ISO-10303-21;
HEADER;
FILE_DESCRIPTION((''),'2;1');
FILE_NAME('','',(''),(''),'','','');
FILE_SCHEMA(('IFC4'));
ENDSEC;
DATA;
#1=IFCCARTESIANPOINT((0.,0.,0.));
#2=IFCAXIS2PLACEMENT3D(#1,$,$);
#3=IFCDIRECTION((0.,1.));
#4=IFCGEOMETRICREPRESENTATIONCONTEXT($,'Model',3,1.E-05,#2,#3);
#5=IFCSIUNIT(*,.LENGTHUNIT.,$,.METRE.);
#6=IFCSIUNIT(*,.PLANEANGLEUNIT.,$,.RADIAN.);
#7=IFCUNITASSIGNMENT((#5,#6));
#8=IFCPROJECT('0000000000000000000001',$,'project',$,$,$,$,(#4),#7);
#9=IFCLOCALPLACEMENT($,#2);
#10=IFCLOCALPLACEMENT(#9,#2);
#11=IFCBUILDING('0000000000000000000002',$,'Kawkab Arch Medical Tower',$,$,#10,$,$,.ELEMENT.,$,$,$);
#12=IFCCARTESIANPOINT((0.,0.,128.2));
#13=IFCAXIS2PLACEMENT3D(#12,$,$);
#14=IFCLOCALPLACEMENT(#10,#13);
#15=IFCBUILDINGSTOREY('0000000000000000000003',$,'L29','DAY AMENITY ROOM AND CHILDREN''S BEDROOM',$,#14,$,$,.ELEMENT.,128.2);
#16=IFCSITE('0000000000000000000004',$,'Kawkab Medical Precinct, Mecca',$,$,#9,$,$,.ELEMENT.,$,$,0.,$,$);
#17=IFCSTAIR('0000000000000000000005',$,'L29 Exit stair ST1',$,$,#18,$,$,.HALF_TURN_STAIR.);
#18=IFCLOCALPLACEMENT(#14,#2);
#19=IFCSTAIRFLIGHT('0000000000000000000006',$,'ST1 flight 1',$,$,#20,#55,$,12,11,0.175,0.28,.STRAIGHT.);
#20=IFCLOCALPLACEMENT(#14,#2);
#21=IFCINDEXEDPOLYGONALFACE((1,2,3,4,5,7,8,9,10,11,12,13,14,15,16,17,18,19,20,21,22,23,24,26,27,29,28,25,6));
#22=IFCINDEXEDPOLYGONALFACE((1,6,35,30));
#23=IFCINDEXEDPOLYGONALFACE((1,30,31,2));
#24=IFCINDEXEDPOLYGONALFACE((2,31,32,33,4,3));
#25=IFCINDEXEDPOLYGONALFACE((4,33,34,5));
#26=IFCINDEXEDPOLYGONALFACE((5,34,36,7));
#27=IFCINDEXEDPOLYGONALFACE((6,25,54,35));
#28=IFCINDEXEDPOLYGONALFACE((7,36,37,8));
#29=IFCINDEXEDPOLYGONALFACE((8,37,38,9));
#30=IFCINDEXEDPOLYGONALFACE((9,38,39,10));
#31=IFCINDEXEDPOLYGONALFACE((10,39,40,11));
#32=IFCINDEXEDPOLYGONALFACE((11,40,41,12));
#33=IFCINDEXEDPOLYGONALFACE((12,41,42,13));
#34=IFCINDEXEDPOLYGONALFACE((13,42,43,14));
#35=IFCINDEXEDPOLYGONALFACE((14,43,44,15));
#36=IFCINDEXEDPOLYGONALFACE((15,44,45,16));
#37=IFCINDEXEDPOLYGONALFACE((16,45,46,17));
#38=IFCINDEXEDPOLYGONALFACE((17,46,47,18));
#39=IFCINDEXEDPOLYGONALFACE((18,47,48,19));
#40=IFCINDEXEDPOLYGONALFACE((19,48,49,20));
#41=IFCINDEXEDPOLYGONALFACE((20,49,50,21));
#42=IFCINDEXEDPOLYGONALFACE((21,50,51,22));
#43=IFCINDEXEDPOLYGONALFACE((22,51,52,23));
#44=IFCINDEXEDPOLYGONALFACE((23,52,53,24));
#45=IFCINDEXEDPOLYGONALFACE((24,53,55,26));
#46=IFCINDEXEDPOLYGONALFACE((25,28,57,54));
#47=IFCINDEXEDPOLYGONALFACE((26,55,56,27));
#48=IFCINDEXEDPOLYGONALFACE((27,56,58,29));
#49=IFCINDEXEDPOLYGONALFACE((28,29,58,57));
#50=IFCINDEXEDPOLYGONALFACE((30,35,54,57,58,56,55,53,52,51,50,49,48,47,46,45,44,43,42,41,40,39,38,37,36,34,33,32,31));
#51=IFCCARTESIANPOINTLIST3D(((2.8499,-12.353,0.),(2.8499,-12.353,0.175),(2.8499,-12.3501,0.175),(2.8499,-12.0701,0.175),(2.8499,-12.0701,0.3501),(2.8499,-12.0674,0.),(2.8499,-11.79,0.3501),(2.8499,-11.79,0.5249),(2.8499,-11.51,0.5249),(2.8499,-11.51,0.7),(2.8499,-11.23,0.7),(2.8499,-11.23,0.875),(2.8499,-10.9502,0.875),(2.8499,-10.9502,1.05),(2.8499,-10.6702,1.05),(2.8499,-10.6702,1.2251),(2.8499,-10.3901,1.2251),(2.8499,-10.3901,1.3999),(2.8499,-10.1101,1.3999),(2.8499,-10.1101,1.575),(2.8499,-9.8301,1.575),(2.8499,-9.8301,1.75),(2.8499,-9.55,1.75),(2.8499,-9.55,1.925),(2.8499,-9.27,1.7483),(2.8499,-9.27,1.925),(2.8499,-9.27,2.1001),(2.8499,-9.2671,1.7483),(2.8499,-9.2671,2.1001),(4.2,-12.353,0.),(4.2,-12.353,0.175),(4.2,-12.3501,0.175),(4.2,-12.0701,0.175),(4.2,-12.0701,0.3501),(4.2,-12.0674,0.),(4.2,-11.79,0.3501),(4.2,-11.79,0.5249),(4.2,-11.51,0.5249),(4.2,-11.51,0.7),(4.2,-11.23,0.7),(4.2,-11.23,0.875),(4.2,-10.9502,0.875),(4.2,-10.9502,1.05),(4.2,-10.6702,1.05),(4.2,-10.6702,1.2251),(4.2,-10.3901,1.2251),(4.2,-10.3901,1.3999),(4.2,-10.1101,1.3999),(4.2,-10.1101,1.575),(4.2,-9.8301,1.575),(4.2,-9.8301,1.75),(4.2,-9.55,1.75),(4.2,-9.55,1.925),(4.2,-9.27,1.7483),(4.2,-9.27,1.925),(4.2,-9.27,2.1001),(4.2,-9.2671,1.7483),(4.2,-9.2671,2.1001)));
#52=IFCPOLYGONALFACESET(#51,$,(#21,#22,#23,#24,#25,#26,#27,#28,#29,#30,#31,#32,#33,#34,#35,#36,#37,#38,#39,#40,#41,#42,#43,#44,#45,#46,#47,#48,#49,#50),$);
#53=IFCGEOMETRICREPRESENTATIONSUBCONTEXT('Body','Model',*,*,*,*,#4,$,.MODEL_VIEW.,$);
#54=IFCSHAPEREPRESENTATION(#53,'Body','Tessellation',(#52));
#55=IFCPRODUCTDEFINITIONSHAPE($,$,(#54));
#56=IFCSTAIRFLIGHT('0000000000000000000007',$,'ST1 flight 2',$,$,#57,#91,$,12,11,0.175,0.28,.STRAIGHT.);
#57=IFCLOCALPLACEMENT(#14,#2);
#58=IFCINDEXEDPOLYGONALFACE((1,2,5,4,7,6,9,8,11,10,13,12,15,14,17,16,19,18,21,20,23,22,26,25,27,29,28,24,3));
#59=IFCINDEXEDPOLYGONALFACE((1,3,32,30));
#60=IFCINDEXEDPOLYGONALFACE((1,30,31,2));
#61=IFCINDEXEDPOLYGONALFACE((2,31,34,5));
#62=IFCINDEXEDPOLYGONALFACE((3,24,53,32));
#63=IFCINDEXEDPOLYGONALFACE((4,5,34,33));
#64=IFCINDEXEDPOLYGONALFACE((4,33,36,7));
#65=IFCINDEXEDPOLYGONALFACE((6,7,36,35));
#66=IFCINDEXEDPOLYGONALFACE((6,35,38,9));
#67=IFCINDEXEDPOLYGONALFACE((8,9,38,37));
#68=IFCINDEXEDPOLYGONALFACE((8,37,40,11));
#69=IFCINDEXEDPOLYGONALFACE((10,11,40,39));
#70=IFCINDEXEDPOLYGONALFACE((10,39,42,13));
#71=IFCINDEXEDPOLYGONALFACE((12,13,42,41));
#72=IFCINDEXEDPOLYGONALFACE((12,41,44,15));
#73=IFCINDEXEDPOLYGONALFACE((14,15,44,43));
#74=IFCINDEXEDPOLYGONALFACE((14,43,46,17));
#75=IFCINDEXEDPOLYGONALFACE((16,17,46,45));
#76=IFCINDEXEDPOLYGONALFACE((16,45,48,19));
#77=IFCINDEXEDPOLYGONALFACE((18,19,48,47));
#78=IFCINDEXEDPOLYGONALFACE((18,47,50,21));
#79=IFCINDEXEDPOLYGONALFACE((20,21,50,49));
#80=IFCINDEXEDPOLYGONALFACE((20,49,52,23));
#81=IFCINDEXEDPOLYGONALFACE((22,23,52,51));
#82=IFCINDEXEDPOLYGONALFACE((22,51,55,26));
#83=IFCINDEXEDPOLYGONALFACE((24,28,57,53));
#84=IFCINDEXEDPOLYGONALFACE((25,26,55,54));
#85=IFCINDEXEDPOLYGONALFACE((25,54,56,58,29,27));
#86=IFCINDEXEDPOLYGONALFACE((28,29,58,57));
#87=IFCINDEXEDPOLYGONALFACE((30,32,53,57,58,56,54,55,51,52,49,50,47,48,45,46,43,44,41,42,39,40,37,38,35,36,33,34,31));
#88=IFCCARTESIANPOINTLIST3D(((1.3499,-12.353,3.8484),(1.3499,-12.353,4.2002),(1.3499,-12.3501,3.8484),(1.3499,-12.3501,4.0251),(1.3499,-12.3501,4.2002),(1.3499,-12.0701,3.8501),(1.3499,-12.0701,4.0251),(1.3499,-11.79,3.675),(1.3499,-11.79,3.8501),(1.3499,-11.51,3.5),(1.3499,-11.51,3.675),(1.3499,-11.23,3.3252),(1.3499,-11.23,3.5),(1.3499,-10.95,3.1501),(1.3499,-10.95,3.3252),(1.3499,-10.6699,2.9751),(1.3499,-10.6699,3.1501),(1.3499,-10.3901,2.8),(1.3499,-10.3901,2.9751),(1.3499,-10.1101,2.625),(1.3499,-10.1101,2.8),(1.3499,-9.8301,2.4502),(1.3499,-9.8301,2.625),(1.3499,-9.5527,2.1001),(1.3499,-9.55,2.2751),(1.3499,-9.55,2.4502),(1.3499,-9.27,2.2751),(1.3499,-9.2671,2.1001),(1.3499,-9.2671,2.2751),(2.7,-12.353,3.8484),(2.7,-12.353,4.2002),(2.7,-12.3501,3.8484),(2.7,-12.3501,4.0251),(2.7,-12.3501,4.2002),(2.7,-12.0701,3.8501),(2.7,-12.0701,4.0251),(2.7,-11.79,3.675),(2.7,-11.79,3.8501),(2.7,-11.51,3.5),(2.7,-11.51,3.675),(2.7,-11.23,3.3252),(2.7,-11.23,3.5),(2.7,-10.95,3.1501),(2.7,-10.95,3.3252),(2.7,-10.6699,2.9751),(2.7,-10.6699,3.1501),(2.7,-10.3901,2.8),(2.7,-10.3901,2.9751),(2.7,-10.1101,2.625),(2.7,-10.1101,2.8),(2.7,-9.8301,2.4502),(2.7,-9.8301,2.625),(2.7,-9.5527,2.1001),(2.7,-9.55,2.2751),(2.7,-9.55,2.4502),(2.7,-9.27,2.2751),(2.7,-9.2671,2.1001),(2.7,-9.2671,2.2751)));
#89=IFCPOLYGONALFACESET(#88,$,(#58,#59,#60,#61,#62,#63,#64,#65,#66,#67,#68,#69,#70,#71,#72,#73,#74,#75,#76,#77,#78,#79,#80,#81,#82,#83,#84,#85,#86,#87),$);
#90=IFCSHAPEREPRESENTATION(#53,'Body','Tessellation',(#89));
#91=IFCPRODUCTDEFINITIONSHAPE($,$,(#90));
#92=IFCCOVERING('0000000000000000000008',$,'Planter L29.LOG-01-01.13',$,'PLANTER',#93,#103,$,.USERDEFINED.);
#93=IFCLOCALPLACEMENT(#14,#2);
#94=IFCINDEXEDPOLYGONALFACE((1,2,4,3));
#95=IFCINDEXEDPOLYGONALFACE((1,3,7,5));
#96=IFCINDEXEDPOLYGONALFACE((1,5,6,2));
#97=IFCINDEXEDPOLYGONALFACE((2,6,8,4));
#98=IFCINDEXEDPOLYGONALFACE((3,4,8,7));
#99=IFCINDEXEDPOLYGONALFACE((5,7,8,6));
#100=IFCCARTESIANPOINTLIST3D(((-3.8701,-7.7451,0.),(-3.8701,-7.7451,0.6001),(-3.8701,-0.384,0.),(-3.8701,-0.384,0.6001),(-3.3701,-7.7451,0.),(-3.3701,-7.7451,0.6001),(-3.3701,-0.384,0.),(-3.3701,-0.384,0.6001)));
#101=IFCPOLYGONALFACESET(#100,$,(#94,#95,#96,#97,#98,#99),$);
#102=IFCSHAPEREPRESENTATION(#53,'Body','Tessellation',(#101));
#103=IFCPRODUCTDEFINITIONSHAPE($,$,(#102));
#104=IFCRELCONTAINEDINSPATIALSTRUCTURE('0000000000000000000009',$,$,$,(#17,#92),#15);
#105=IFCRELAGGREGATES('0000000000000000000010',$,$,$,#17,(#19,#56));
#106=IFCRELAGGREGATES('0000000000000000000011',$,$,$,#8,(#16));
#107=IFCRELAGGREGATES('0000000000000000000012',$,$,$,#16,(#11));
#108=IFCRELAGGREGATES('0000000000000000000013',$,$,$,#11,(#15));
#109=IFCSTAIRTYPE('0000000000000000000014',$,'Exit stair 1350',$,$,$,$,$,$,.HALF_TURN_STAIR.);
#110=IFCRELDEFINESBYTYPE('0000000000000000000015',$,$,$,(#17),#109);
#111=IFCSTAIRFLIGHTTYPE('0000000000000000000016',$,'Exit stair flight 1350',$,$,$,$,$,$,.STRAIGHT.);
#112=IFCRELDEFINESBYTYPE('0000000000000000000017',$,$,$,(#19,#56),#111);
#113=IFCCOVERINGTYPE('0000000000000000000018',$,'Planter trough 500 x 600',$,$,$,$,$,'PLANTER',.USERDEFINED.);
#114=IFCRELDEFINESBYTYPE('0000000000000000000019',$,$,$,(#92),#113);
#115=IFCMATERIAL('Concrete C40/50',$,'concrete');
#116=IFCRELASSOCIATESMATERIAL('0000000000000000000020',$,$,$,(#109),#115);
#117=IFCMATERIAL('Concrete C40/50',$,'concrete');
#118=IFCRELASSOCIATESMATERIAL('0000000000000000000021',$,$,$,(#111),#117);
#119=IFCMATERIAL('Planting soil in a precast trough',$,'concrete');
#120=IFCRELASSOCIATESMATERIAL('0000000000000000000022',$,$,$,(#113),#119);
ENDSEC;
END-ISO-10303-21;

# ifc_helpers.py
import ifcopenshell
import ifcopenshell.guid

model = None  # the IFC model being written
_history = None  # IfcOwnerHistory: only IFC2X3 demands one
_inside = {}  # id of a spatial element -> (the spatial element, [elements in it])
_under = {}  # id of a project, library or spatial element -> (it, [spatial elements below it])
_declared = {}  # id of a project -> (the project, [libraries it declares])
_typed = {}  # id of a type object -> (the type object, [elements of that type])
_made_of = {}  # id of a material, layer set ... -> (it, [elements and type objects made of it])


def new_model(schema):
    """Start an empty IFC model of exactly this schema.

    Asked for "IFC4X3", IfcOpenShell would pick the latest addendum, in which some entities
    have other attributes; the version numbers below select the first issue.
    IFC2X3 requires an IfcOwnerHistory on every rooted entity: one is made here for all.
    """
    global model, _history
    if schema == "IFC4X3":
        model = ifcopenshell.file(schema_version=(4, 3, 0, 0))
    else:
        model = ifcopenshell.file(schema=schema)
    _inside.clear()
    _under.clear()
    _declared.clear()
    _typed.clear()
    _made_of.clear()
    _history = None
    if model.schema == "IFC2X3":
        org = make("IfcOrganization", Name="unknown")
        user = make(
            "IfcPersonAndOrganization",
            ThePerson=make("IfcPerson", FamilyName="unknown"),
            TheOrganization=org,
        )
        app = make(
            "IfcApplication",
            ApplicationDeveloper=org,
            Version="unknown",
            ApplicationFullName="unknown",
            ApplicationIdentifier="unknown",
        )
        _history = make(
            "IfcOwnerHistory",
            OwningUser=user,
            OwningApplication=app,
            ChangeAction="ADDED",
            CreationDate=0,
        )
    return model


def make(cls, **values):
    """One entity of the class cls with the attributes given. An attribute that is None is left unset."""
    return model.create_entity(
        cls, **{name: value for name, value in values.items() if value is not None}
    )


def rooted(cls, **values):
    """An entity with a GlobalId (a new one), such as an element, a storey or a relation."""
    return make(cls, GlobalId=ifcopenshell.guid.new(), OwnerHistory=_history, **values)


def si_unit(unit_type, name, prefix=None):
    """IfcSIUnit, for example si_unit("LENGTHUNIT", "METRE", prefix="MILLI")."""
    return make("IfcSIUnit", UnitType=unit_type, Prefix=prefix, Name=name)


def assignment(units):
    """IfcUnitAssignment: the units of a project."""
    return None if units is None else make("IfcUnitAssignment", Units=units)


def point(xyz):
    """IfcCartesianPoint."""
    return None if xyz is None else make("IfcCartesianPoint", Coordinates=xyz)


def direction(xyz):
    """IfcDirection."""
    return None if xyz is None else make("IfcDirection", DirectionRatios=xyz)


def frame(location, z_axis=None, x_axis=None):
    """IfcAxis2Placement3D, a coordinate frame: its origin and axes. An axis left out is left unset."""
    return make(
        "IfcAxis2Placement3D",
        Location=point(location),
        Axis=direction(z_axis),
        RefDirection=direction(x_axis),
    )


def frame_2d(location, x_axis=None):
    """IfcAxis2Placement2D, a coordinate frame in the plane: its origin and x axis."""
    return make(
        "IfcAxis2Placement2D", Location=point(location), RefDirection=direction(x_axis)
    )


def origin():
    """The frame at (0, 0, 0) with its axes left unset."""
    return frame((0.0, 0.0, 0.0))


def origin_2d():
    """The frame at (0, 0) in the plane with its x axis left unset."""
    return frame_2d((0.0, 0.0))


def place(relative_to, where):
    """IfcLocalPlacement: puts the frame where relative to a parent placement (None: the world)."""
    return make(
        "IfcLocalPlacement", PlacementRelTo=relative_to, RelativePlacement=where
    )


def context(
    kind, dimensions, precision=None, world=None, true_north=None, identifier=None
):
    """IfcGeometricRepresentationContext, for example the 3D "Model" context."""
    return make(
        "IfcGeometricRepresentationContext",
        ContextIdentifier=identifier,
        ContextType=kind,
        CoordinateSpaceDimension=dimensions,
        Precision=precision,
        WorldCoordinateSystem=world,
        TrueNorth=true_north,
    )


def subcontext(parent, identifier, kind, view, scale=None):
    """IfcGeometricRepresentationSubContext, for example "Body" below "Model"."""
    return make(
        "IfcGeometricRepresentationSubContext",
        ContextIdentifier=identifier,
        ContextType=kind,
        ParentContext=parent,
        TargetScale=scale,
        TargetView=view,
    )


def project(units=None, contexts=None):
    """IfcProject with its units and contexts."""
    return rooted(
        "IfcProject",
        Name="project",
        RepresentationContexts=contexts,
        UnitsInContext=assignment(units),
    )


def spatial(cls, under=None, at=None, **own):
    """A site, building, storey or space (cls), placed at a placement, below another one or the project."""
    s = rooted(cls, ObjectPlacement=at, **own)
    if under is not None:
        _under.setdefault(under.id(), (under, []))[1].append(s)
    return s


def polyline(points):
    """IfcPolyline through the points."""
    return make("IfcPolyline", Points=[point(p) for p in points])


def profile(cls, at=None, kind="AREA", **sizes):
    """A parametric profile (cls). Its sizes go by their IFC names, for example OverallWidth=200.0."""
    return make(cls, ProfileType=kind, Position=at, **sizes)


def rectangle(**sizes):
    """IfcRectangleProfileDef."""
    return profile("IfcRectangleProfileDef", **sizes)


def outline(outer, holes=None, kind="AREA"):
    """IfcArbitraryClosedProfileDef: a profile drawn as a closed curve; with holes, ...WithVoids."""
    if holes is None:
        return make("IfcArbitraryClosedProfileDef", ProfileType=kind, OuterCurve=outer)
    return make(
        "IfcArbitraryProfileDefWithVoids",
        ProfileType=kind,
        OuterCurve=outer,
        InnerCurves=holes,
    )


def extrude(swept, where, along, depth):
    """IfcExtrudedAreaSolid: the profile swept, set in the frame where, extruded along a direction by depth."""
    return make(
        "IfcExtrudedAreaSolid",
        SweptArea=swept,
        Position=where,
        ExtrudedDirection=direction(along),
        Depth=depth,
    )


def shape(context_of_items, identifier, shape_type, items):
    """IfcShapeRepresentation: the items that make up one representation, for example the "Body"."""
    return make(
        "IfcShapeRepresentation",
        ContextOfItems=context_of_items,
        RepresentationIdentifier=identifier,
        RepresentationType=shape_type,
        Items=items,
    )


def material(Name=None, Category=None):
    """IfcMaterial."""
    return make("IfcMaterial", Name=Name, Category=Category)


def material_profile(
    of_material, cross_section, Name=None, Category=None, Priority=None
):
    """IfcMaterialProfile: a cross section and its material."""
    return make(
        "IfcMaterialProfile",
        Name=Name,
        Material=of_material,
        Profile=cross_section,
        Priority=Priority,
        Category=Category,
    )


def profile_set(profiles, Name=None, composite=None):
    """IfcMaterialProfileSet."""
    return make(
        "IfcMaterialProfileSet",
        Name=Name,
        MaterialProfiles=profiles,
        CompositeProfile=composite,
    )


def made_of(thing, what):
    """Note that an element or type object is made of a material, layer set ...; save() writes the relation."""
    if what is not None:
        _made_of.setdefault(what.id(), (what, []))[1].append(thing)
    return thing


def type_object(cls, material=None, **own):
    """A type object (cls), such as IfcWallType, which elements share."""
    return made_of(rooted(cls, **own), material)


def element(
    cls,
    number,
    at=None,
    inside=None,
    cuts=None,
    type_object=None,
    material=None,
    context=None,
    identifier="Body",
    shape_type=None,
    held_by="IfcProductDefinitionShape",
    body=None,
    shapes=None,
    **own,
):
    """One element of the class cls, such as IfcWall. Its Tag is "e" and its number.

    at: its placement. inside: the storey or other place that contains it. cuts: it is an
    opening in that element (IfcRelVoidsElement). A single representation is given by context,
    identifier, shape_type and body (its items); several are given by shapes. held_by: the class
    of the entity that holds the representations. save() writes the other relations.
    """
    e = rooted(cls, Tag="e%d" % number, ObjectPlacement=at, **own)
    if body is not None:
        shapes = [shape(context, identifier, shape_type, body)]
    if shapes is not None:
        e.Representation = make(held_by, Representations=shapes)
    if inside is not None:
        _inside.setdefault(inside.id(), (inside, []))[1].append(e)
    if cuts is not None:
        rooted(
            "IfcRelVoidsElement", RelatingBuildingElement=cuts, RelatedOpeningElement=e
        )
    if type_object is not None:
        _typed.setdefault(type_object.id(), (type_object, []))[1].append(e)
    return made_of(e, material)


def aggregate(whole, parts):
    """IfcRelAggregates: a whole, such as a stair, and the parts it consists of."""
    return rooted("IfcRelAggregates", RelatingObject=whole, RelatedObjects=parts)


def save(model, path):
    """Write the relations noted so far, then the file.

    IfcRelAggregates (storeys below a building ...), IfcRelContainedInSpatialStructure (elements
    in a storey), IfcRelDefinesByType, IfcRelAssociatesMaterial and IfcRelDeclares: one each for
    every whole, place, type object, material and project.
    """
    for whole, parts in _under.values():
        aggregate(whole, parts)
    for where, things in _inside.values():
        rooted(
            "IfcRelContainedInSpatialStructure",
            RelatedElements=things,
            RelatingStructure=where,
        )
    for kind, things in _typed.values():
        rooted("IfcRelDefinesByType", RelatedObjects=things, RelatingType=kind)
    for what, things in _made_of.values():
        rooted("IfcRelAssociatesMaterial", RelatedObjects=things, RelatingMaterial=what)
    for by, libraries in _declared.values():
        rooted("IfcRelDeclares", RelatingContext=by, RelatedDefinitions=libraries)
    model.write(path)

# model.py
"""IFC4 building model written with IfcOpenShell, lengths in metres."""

from ifc_helpers import new_model, si_unit, direction, frame, origin, origin_2d, place, context, subcontext, project, spatial, polyline, rectangle, outline, extrude, material, material_profile, profile_set, type_object, element, aggregate, save


model = new_model("IFC4")

# Units and contexts
model_context = context("Model", 3, precision=1e-05, world=origin(), true_north=direction((0.0, 1.0)))
body_context = subcontext(model_context, "Body", "Model", "MODEL_VIEW")
ifc_project = project(units=[si_unit("LENGTHUNIT", "METRE"), si_unit("PLANEANGLEUNIT", "RADIAN")], contexts=[model_context])

# Site, building, storey
site_placement = place(None, origin())
site = spatial("IfcSite", under=ifc_project, at=site_placement, Name="Kawkab Medical Precinct, Mecca", CompositionType="ELEMENT", RefElevation=0.0)
building_placement = place(site_placement, origin())
building = spatial("IfcBuilding", under=site, at=building_placement, Name="Kawkab Arch Medical Tower", CompositionType="ELEMENT")
storey_placement = place(building_placement, frame((0.0, 0.0, 128.2)))
storey = spatial("IfcBuildingStorey", under=building, at=storey_placement, Name="L29", Description="DAY AMENITY ROOM AND CHILDREN'S BEDROOM", CompositionType="ELEMENT", Elevation=128.2)

# Shared definitions
placement = place(storey_placement, origin())

# Stair, stair flights
ifc_material_1 = material(Name="Concrete C40/50", Category="concrete")
stair_type = type_object("IfcStairType", Name="Exit stair 1350", PredefinedType="HALF_TURN_STAIR", material=ifc_material_1)
stair = element("IfcStair", 1, at=placement, inside=storey, type_object=stair_type, Name="L29 Exit stair ST1", PredefinedType="HALF_TURN_STAIR")
ifc_material_2 = material(Name="Concrete C40/50", Category="concrete")
stair_flight_type = type_object("IfcStairFlightType", Name="Exit stair flight 1350", PredefinedType="STRAIGHT", material=ifc_material_2)
stair_flight_1_placement = place(storey_placement, frame((3.5249, -12.3501, 0.0), z_axis=(0.0, 0.0, 1.0), x_axis=(0.0, 1.0, 0.0)))
stair_flight_1 = element("IfcStairFlight", 2, at=stair_flight_1_placement, type_object=stair_flight_type, Name="ST1 flight 1", NumberOfRisers=12, NumberOfTreads=11, PredefinedType="STRAIGHT", RiserHeight=0.175, TreadLength=0.28, context=body_context, shape_type="SweptSolid", body=[
    extrude(outline(polyline([(-0.0029, 0.0), (-0.0029, 0.175), (0.0, 0.175), (0.28, 0.175), (0.28, 0.3501), (0.5601, 0.3501), (0.5601, 0.5249), (0.8401, 0.5249), (0.8401, 0.7), (1.1201, 0.7), (1.1201, 0.875), (1.3999, 0.875), (1.3999, 1.05), (1.6799, 1.05), (1.6799, 1.2251), (1.96, 1.2251), (1.96, 1.3999), (2.24, 1.3999), (2.24, 1.575), (2.52, 1.575), (2.52, 1.75), (2.8, 1.75), (2.8, 1.925), (3.0801, 1.925), (3.0801, 2.1001), (3.083, 2.1001), (3.083, 1.7483), (3.0801, 1.7483), (0.2827, 0.0), (-0.0029, 0.0)])), frame((0.0, 0.675, 0.0), z_axis=(0.0, -1.0, 0.0), x_axis=(1.0, 0.0, 0.0)), (0.0, 0.0, 1.0), 1.3501),
])
stair_flight_2_placement = place(storey_placement, frame((2.0249, -9.27, 2.1001), z_axis=(0.0, 0.0, 1.0), x_axis=(0.0, -1.0, 0.0)))
stair_flight_2 = element("IfcStairFlight", 3, at=stair_flight_2_placement, type_object=stair_flight_type, Name="ST1 flight 2", NumberOfRisers=12, NumberOfTreads=11, PredefinedType="STRAIGHT", RiserHeight=0.175, TreadLength=0.28, context=body_context, shape_type="SweptSolid", body=[
    extrude(outline(polyline([(-0.0029, 0.0), (-0.0029, 0.175), (0.0, 0.175), (0.28, 0.175), (0.28, 0.3501), (0.5601, 0.3501), (0.5601, 0.5249), (0.8401, 0.5249), (0.8401, 0.7), (1.1201, 0.7), (1.1201, 0.875), (1.3999, 0.875), (1.3999, 1.05), (1.6799, 1.05), (1.6799, 1.2251), (1.96, 1.2251), (1.96, 1.3999), (2.24, 1.3999), (2.24, 1.575), (2.52, 1.575), (2.52, 1.75), (2.8, 1.75), (2.8, 1.925), (3.0801, 1.925), (3.0801, 2.1001), (3.083, 2.1001), (3.083, 1.7483), (3.0801, 1.7483), (0.2827, 0.0), (-0.0029, 0.0)])), frame((0.0, 0.675, 0.0), z_axis=(0.0, -1.0, 0.0), x_axis=(1.0, 0.0, 0.0)), (0.0, 0.0, 1.0), 1.3501),
])
aggregate(stair, [stair_flight_1, stair_flight_2])

# Covering
ifc_material_3 = material(Name="Planting soil in a precast trough", Category="concrete")
ifc_material_profile_1 = material_profile(ifc_material_3, rectangle(XDim=0.5, YDim=0.6001, at=origin_2d()), Name="Trough 500x600")
ifc_profile_set_1 = profile_set([ifc_material_profile_1], Name="Planting soil in a precast trough")
covering_type = type_object("IfcCoveringType", Name="Planter trough 500 x 600", ElementType="PLANTER", PredefinedType="USERDEFINED", material=ifc_profile_set_1)
covering_placement = place(storey_placement, frame((-3.6201, -7.7451, 0.3), z_axis=(0.0, 1.0, 0.0), x_axis=(-1.0, 0.0, 0.0)))
element("IfcCovering", 4, at=covering_placement, inside=storey, type_object=covering_type, Name="Planter L29.LOG-01-01.13", ObjectType="PLANTER", PredefinedType="USERDEFINED", context=body_context, shape_type="SweptSolid", body=[
    extrude(rectangle(XDim=0.5, YDim=0.6001, at=origin_2d()), origin(), (0.0, 0.0, 1.0), 7.3611),
])

save(model, "model.ifc")
